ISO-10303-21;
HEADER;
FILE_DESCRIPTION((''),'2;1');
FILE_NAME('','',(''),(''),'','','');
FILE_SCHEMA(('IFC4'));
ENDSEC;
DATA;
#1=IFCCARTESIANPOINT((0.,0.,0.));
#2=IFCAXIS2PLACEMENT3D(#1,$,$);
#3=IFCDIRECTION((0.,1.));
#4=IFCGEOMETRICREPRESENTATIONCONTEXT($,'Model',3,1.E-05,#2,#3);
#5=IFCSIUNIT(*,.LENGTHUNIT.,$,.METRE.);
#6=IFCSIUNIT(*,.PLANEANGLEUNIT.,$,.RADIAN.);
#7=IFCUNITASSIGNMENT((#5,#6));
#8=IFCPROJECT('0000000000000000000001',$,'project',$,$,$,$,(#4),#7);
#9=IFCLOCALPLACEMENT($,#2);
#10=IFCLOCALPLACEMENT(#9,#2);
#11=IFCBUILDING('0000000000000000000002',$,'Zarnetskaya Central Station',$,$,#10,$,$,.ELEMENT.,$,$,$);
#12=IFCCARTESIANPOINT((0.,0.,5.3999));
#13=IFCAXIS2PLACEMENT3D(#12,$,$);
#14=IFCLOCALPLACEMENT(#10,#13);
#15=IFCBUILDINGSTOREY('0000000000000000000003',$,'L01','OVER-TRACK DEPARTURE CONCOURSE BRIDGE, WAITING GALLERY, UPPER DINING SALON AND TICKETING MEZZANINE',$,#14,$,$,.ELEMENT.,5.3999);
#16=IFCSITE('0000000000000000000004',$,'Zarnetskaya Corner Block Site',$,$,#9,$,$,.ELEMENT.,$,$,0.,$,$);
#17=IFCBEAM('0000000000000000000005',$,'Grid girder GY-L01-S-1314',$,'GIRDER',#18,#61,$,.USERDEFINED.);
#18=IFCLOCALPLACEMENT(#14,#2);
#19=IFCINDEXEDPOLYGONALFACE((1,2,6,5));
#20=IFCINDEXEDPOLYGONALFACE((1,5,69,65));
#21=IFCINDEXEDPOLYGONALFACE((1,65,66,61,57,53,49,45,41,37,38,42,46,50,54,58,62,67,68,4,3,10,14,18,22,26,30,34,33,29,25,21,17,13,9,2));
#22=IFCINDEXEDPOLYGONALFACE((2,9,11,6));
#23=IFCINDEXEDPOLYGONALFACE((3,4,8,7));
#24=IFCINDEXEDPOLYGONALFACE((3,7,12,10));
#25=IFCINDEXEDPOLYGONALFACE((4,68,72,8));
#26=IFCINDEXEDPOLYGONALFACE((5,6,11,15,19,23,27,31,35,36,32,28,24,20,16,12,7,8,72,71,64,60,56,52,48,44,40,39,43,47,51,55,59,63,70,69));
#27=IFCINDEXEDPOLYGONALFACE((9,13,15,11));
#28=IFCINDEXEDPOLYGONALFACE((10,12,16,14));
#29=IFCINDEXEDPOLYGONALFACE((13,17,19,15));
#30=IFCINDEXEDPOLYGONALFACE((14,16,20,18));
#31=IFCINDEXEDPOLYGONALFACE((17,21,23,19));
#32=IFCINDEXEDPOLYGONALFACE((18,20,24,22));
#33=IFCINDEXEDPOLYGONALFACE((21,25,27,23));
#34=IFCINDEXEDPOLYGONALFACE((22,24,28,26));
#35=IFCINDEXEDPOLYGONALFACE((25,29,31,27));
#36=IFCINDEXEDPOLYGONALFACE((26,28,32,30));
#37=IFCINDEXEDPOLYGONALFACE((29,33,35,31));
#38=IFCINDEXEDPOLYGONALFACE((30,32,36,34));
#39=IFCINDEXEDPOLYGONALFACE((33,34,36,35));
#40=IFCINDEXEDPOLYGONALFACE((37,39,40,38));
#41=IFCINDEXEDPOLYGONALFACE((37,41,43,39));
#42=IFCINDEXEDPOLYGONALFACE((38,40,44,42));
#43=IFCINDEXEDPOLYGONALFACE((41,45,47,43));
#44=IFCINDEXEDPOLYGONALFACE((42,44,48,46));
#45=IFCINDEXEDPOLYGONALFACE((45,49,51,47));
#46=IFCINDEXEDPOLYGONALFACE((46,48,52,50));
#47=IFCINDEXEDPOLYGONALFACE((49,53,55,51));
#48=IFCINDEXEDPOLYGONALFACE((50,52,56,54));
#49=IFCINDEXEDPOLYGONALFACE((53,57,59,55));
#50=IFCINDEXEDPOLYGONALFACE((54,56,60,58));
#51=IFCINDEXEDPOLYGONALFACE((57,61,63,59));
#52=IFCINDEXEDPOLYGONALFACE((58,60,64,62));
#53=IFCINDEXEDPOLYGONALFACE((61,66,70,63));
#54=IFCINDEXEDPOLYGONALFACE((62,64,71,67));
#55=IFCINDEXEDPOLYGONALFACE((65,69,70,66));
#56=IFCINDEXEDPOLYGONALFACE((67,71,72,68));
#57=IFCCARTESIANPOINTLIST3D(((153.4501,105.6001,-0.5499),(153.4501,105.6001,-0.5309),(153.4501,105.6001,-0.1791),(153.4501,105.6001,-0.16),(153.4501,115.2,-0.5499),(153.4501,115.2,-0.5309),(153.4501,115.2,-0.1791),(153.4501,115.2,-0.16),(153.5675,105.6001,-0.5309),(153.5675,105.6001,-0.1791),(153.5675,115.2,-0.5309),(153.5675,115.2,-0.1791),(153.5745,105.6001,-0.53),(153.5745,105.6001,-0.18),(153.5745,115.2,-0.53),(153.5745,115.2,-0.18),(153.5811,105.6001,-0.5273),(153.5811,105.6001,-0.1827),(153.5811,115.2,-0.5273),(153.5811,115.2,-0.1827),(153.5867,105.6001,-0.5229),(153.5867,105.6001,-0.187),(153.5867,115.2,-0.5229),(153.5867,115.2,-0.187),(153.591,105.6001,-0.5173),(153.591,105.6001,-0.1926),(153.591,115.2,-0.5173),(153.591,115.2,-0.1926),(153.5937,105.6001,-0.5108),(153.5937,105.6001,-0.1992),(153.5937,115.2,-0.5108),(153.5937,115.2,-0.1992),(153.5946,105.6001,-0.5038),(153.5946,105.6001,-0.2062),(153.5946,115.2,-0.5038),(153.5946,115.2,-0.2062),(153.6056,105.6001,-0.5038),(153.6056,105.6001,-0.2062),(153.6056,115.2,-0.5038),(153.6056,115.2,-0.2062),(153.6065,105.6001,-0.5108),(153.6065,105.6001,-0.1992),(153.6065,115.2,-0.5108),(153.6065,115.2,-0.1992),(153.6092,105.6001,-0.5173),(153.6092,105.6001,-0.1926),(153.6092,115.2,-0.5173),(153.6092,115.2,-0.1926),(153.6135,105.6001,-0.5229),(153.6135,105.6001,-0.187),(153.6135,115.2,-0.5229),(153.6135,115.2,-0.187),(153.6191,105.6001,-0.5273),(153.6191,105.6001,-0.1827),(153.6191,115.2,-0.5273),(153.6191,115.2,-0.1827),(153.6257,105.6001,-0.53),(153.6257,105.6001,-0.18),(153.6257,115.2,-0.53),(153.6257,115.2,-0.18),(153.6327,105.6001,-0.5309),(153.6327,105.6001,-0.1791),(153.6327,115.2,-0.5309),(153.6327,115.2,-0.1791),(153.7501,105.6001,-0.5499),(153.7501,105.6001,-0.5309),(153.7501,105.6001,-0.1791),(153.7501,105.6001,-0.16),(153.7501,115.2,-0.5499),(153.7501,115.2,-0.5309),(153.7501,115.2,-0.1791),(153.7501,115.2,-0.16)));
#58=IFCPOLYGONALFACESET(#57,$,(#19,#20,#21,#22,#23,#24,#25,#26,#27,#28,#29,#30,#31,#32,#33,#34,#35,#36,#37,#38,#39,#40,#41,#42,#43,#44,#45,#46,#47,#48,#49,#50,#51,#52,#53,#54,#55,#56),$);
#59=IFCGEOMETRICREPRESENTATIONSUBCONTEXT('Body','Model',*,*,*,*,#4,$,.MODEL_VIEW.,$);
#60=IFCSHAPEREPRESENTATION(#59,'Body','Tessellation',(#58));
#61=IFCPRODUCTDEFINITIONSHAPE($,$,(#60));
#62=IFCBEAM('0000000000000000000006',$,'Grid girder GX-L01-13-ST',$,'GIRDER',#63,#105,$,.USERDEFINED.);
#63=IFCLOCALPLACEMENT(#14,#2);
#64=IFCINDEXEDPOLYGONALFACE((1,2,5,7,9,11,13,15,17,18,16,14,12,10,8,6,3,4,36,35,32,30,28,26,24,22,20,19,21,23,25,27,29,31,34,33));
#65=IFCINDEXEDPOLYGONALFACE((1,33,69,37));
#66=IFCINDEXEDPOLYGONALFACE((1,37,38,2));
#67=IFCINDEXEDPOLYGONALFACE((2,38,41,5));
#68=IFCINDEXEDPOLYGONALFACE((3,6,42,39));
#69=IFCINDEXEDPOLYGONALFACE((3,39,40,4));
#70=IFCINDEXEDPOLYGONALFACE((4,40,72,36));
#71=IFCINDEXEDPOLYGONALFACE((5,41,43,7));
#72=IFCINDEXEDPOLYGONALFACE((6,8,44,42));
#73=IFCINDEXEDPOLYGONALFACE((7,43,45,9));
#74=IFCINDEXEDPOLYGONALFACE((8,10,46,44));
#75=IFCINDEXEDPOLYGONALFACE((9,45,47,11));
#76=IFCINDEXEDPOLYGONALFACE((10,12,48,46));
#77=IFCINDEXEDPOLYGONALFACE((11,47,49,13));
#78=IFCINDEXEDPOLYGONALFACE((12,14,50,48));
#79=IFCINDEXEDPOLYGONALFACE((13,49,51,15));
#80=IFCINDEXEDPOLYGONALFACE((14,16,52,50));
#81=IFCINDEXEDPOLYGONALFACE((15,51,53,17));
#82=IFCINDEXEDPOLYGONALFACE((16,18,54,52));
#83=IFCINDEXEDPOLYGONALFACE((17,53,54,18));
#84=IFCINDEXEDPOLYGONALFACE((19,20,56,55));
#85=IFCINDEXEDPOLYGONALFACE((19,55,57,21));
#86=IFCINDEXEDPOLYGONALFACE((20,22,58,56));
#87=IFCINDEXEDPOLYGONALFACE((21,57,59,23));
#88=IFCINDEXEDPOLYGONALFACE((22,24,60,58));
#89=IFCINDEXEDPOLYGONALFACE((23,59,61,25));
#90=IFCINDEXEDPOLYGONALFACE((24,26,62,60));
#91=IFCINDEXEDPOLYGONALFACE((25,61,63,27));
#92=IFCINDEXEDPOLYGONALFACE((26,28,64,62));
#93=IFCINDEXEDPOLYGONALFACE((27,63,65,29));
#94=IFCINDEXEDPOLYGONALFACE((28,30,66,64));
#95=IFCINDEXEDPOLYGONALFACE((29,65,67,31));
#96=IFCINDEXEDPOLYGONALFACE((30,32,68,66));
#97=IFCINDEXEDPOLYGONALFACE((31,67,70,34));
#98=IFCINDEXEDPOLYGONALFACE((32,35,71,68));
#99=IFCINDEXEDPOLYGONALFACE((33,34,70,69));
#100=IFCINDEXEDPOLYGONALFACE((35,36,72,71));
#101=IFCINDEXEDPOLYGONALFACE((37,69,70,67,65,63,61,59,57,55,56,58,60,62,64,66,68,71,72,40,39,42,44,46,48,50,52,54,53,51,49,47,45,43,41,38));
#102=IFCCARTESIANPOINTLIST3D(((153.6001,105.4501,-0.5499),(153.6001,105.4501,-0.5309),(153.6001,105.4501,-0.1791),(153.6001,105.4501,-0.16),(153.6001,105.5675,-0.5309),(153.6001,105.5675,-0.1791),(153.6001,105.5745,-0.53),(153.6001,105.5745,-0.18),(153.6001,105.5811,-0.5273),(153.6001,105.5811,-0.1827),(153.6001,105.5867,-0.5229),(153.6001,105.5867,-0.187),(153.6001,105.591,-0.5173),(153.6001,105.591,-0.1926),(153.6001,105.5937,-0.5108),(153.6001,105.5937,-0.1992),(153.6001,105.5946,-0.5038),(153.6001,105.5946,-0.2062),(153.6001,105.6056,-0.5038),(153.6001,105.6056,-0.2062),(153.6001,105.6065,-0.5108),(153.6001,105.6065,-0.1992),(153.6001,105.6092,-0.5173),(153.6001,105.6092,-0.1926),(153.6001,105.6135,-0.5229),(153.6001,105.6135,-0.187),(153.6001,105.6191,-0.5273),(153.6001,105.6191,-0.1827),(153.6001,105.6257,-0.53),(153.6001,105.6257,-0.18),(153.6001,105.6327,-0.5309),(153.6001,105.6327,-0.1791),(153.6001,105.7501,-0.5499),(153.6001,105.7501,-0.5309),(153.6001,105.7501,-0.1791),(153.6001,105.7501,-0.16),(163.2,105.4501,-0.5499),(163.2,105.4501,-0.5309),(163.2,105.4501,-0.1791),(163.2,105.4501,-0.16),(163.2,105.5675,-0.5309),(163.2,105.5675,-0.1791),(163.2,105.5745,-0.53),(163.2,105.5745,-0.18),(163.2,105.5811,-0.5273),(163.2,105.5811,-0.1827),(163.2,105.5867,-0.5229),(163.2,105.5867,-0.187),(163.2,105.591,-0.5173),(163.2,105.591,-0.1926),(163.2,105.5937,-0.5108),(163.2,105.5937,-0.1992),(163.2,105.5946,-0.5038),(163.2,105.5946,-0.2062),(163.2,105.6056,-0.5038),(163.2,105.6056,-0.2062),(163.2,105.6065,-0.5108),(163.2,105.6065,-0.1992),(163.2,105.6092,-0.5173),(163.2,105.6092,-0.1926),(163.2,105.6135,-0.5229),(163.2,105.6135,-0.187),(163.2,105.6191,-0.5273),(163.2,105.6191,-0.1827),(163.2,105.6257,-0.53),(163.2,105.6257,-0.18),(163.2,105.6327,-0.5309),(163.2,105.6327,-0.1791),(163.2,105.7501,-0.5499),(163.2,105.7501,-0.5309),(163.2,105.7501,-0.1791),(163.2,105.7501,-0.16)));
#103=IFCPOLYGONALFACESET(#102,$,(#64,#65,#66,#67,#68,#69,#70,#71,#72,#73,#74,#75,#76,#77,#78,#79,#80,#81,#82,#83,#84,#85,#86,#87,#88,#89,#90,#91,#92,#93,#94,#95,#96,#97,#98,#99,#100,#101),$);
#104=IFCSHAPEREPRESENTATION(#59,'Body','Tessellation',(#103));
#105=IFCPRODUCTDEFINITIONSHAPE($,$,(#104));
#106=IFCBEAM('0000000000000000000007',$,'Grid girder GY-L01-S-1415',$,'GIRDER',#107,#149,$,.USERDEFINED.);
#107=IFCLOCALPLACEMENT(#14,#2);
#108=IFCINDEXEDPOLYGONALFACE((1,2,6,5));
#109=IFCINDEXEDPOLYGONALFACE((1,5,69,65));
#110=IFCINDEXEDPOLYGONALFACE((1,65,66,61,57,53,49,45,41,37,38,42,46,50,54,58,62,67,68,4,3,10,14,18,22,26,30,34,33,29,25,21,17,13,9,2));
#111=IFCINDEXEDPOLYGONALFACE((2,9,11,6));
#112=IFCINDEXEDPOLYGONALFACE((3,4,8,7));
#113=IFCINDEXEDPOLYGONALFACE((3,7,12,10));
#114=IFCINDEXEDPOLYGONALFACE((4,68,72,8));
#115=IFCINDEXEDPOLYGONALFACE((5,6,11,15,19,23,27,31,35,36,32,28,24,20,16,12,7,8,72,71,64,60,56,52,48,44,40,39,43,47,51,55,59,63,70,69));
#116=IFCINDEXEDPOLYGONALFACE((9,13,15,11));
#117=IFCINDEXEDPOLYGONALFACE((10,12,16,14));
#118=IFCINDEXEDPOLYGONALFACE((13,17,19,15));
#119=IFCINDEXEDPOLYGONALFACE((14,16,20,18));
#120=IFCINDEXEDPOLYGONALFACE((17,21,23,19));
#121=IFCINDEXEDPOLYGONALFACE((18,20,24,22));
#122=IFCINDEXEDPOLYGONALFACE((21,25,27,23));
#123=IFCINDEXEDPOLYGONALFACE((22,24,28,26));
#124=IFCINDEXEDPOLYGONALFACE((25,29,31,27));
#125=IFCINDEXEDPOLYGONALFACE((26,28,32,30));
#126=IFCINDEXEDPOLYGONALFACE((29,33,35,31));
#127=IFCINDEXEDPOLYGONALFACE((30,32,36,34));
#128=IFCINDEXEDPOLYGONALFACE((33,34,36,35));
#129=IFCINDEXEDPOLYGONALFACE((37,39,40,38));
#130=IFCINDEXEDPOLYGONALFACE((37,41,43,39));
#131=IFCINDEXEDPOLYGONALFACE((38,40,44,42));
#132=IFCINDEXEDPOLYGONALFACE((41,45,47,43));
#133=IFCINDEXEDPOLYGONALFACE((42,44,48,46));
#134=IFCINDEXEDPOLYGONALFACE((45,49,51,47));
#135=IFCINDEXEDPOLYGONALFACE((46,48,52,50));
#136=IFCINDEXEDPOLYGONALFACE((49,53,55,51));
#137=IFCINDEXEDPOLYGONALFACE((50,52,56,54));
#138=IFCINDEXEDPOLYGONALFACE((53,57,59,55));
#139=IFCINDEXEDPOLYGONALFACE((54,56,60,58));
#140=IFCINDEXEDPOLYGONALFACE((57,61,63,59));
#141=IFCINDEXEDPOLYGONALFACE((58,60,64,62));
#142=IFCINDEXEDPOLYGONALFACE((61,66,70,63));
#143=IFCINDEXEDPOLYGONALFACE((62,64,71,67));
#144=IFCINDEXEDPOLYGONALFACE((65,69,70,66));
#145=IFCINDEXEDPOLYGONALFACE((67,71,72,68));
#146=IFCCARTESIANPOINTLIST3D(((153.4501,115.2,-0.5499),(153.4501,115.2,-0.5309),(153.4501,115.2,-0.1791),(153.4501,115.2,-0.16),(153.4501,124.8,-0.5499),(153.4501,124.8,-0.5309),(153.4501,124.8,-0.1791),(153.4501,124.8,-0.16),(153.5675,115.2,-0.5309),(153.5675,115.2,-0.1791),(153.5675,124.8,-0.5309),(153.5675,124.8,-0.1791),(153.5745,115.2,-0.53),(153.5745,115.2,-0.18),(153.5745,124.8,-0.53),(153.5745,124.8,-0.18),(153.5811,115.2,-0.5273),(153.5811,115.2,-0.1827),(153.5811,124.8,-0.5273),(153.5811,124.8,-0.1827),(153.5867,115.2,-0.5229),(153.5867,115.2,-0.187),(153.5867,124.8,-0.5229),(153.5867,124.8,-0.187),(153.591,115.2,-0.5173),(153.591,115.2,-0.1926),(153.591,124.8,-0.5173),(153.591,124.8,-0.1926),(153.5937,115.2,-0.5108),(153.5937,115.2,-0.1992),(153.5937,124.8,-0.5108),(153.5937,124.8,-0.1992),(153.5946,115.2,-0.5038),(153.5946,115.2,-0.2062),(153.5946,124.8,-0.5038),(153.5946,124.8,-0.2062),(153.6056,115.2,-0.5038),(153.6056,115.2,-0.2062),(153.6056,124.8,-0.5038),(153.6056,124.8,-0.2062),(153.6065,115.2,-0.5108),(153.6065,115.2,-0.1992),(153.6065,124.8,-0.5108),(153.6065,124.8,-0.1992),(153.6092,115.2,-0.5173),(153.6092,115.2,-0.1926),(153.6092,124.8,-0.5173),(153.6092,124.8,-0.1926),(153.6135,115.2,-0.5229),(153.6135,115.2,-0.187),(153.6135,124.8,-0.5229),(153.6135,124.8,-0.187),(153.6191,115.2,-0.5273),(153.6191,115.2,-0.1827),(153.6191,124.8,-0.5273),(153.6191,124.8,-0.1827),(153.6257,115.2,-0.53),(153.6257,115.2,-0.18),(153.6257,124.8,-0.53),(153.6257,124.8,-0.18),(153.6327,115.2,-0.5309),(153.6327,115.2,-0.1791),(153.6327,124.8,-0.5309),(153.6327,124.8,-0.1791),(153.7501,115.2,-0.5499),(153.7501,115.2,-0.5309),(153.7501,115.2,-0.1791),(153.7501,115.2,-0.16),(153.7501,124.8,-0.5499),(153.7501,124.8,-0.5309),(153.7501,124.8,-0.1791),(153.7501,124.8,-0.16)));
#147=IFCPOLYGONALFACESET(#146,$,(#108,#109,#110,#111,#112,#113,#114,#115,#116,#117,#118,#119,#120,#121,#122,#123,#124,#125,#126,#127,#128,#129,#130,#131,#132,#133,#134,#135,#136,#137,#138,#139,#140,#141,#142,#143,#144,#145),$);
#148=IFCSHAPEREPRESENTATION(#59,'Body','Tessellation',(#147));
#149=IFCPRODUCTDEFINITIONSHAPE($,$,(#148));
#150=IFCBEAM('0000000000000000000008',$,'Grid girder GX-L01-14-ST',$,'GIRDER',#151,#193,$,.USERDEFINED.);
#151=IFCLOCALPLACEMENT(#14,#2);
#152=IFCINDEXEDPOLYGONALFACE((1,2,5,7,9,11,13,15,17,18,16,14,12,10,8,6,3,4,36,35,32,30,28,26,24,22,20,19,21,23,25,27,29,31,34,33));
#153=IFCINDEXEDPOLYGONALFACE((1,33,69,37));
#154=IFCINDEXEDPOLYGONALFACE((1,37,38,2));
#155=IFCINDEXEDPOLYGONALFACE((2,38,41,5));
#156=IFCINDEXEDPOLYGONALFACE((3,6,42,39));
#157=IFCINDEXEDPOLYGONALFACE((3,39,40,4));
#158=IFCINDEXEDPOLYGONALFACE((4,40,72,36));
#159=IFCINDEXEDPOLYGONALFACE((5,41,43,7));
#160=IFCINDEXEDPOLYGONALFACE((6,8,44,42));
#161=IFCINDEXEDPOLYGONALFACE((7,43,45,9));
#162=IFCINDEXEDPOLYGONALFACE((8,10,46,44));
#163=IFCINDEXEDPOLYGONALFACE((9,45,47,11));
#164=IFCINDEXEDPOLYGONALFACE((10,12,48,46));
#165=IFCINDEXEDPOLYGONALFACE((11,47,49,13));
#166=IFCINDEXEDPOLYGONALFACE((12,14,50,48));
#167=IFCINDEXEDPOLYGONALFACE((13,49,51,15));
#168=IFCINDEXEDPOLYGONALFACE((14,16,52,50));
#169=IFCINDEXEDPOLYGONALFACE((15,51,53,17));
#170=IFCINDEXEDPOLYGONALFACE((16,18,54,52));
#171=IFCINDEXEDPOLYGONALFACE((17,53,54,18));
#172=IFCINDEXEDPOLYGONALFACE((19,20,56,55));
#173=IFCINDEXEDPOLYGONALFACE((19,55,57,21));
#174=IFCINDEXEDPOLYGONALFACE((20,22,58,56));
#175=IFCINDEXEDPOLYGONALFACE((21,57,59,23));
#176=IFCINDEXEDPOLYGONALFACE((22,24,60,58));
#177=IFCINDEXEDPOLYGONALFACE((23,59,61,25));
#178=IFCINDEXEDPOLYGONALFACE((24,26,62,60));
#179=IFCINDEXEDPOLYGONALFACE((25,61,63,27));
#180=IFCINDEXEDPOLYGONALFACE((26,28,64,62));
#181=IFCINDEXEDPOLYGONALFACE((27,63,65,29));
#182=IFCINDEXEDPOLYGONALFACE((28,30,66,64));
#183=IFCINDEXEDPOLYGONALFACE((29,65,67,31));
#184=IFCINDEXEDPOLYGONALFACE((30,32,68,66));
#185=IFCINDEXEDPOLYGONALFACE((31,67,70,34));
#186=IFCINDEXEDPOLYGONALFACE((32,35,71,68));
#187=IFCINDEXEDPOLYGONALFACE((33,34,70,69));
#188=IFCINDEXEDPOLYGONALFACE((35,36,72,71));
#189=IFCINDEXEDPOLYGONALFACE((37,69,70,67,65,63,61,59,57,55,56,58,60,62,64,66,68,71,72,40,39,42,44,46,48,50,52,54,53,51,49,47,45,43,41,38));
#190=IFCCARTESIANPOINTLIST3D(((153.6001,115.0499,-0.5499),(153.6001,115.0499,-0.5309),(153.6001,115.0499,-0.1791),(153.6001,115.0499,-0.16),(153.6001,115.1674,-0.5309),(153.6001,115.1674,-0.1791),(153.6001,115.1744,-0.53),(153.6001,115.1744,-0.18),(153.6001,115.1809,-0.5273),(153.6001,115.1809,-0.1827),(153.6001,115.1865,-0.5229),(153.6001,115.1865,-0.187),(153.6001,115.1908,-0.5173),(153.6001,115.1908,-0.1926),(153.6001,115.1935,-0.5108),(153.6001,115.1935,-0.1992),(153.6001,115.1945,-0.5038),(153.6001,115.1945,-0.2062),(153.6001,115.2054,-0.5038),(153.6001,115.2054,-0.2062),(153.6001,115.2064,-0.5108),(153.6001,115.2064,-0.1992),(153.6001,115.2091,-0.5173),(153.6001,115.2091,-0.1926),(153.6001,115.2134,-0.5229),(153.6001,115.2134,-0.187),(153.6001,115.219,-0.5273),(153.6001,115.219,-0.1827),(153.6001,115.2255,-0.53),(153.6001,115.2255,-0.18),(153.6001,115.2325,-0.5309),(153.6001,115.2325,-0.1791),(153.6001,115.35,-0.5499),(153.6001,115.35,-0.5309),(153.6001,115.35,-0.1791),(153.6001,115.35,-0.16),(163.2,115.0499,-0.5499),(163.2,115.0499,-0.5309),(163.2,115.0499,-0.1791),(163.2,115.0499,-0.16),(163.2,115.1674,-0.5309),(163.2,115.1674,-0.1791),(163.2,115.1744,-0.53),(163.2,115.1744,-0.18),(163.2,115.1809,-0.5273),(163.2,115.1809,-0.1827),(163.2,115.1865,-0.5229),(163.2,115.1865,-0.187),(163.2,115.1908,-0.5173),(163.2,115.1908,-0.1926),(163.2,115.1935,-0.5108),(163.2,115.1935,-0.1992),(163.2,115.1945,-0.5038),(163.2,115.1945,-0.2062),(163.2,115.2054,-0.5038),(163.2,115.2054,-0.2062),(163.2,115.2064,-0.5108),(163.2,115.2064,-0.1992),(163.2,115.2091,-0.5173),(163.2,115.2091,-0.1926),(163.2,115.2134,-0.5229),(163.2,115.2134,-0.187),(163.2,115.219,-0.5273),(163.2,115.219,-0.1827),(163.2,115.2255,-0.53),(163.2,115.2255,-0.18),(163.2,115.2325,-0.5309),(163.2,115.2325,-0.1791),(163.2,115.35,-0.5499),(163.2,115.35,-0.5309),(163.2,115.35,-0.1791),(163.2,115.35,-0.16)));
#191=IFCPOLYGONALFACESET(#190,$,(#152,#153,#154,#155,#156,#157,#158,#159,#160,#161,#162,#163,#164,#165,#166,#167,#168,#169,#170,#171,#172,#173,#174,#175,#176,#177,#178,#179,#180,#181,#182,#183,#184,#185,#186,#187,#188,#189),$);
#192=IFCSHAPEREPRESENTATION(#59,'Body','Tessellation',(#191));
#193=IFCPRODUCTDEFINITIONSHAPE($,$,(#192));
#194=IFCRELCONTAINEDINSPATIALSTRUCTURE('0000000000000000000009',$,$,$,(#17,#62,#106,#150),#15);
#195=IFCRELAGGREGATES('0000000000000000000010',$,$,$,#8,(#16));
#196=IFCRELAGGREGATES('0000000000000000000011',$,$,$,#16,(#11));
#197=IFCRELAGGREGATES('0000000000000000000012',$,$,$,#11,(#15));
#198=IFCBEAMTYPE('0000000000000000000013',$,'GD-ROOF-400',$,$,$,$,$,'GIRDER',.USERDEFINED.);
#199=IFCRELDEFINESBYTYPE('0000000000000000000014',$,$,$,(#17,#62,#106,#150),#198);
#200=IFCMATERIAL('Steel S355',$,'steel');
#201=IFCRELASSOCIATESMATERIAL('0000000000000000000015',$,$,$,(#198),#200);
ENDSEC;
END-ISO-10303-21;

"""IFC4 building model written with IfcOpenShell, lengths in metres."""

from ifc_helpers import new_model, si_unit, direction, frame, origin, origin_2d, place, context, subcontext, project, spatial, i_section, extrude, material, material_profile, profile_set, type_object, element, save


model = new_model("IFC4")

# Units and contexts
model_context = context("Model", 3, precision=1e-05, world=origin(), true_north=direction((0.0, 1.0)))
body_context = subcontext(model_context, "Body", "Model", "MODEL_VIEW")
ifc_project = project(units=[si_unit("LENGTHUNIT", "METRE"), si_unit("PLANEANGLEUNIT", "RADIAN")], contexts=[model_context])

# Site, building, storey
site_placement = place(None, origin())
site = spatial("IfcSite", under=ifc_project, at=site_placement, Name="Zarnetskaya Corner Block Site", CompositionType="ELEMENT", RefElevation=0.0)
building_placement = place(site_placement, origin())
building = spatial("IfcBuilding", under=site, at=building_placement, Name="Zarnetskaya Central Station", CompositionType="ELEMENT")
storey_placement = place(building_placement, frame((0.0, 0.0, 5.3999)))
storey = spatial("IfcBuildingStorey", under=building, at=storey_placement, Name="L01", Description="OVER-TRACK DEPARTURE CONCOURSE BRIDGE, WAITING GALLERY, UPPER DINING SALON AND TICKETING MEZZANINE", CompositionType="ELEMENT", Elevation=5.3999)

# Beams
ifc_material = material(Name="Steel S355", Category="steel")
ifc_material_profile_1 = material_profile(ifc_material, i_section(OverallWidth=0.3, OverallDepth=0.3899, WebThickness=0.011, FlangeThickness=0.019, FilletRadius=0.0271, at=origin_2d()), Name="HEA 400")
ifc_profile_set_1 = profile_set([ifc_material_profile_1], Name="Steel S355")
beam_type_1 = type_object("IfcBeamType", Name="GD-ROOF-400", ElementType="GIRDER", PredefinedType="USERDEFINED", material=ifc_profile_set_1)
for number, where, z_axis, x_axis, name in (
    (1, (153.6001, 105.6001, -0.355), (0.0, 1.0, 0.0), (-1.0, 0.0, 0.0), "Grid girder GY-L01-S-1314"),
    (2, (153.6001, 105.6001, -0.355), (1.0, 0.0, 0.0), (0.0, 1.0, 0.0), "Grid girder GX-L01-13-ST"),
):
    element("IfcBeam", number, at=place(storey_placement, frame(where, z_axis=z_axis, x_axis=x_axis)), inside=storey, type_object=beam_type_1, Name=name, ObjectType="GIRDER", PredefinedType="USERDEFINED", context=body_context, shape_type="SweptSolid", body=[
        extrude(i_section(OverallWidth=0.3, OverallDepth=0.3899, WebThickness=0.011, FlangeThickness=0.019, FilletRadius=0.0271, at=origin_2d()), origin(), (0.0, 0.0, 1.0), 9.5999),
    ])
beam_1_placement = place(storey_placement, frame((153.6001, 115.2, -0.355), z_axis=(0.0, 1.0, 0.0), x_axis=(-1.0, 0.0, 0.0)))
element("IfcBeam", 3, at=beam_1_placement, inside=storey, type_object=beam_type_1, Name="Grid girder GY-L01-S-1415", ObjectType="GIRDER", PredefinedType="USERDEFINED", context=body_context, shape_type="SweptSolid", body=[
    extrude(i_section(OverallWidth=0.3, OverallDepth=0.3899, WebThickness=0.011, FlangeThickness=0.019, FilletRadius=0.0271, at=origin_2d()), origin(), (0.0, 0.0, 1.0), 9.6001),
])
for number, where, z_axis, x_axis, name in (
    (4, (153.6001, 115.2, -0.355), (1.0, 0.0, 0.0), (0.0, 1.0, 0.0), "Grid girder GX-L01-14-ST"),
):
    element("IfcBeam", number, at=place(storey_placement, frame(where, z_axis=z_axis, x_axis=x_axis)), inside=storey, type_object=beam_type_1, Name=name, ObjectType="GIRDER", PredefinedType="USERDEFINED", context=body_context, shape_type="SweptSolid", body=[
        extrude(i_section(OverallWidth=0.3, OverallDepth=0.3899, WebThickness=0.011, FlangeThickness=0.019, FilletRadius=0.0271, at=origin_2d()), origin(), (0.0, 0.0, 1.0), 9.5999),
    ])

save(model, "model.ifc")
